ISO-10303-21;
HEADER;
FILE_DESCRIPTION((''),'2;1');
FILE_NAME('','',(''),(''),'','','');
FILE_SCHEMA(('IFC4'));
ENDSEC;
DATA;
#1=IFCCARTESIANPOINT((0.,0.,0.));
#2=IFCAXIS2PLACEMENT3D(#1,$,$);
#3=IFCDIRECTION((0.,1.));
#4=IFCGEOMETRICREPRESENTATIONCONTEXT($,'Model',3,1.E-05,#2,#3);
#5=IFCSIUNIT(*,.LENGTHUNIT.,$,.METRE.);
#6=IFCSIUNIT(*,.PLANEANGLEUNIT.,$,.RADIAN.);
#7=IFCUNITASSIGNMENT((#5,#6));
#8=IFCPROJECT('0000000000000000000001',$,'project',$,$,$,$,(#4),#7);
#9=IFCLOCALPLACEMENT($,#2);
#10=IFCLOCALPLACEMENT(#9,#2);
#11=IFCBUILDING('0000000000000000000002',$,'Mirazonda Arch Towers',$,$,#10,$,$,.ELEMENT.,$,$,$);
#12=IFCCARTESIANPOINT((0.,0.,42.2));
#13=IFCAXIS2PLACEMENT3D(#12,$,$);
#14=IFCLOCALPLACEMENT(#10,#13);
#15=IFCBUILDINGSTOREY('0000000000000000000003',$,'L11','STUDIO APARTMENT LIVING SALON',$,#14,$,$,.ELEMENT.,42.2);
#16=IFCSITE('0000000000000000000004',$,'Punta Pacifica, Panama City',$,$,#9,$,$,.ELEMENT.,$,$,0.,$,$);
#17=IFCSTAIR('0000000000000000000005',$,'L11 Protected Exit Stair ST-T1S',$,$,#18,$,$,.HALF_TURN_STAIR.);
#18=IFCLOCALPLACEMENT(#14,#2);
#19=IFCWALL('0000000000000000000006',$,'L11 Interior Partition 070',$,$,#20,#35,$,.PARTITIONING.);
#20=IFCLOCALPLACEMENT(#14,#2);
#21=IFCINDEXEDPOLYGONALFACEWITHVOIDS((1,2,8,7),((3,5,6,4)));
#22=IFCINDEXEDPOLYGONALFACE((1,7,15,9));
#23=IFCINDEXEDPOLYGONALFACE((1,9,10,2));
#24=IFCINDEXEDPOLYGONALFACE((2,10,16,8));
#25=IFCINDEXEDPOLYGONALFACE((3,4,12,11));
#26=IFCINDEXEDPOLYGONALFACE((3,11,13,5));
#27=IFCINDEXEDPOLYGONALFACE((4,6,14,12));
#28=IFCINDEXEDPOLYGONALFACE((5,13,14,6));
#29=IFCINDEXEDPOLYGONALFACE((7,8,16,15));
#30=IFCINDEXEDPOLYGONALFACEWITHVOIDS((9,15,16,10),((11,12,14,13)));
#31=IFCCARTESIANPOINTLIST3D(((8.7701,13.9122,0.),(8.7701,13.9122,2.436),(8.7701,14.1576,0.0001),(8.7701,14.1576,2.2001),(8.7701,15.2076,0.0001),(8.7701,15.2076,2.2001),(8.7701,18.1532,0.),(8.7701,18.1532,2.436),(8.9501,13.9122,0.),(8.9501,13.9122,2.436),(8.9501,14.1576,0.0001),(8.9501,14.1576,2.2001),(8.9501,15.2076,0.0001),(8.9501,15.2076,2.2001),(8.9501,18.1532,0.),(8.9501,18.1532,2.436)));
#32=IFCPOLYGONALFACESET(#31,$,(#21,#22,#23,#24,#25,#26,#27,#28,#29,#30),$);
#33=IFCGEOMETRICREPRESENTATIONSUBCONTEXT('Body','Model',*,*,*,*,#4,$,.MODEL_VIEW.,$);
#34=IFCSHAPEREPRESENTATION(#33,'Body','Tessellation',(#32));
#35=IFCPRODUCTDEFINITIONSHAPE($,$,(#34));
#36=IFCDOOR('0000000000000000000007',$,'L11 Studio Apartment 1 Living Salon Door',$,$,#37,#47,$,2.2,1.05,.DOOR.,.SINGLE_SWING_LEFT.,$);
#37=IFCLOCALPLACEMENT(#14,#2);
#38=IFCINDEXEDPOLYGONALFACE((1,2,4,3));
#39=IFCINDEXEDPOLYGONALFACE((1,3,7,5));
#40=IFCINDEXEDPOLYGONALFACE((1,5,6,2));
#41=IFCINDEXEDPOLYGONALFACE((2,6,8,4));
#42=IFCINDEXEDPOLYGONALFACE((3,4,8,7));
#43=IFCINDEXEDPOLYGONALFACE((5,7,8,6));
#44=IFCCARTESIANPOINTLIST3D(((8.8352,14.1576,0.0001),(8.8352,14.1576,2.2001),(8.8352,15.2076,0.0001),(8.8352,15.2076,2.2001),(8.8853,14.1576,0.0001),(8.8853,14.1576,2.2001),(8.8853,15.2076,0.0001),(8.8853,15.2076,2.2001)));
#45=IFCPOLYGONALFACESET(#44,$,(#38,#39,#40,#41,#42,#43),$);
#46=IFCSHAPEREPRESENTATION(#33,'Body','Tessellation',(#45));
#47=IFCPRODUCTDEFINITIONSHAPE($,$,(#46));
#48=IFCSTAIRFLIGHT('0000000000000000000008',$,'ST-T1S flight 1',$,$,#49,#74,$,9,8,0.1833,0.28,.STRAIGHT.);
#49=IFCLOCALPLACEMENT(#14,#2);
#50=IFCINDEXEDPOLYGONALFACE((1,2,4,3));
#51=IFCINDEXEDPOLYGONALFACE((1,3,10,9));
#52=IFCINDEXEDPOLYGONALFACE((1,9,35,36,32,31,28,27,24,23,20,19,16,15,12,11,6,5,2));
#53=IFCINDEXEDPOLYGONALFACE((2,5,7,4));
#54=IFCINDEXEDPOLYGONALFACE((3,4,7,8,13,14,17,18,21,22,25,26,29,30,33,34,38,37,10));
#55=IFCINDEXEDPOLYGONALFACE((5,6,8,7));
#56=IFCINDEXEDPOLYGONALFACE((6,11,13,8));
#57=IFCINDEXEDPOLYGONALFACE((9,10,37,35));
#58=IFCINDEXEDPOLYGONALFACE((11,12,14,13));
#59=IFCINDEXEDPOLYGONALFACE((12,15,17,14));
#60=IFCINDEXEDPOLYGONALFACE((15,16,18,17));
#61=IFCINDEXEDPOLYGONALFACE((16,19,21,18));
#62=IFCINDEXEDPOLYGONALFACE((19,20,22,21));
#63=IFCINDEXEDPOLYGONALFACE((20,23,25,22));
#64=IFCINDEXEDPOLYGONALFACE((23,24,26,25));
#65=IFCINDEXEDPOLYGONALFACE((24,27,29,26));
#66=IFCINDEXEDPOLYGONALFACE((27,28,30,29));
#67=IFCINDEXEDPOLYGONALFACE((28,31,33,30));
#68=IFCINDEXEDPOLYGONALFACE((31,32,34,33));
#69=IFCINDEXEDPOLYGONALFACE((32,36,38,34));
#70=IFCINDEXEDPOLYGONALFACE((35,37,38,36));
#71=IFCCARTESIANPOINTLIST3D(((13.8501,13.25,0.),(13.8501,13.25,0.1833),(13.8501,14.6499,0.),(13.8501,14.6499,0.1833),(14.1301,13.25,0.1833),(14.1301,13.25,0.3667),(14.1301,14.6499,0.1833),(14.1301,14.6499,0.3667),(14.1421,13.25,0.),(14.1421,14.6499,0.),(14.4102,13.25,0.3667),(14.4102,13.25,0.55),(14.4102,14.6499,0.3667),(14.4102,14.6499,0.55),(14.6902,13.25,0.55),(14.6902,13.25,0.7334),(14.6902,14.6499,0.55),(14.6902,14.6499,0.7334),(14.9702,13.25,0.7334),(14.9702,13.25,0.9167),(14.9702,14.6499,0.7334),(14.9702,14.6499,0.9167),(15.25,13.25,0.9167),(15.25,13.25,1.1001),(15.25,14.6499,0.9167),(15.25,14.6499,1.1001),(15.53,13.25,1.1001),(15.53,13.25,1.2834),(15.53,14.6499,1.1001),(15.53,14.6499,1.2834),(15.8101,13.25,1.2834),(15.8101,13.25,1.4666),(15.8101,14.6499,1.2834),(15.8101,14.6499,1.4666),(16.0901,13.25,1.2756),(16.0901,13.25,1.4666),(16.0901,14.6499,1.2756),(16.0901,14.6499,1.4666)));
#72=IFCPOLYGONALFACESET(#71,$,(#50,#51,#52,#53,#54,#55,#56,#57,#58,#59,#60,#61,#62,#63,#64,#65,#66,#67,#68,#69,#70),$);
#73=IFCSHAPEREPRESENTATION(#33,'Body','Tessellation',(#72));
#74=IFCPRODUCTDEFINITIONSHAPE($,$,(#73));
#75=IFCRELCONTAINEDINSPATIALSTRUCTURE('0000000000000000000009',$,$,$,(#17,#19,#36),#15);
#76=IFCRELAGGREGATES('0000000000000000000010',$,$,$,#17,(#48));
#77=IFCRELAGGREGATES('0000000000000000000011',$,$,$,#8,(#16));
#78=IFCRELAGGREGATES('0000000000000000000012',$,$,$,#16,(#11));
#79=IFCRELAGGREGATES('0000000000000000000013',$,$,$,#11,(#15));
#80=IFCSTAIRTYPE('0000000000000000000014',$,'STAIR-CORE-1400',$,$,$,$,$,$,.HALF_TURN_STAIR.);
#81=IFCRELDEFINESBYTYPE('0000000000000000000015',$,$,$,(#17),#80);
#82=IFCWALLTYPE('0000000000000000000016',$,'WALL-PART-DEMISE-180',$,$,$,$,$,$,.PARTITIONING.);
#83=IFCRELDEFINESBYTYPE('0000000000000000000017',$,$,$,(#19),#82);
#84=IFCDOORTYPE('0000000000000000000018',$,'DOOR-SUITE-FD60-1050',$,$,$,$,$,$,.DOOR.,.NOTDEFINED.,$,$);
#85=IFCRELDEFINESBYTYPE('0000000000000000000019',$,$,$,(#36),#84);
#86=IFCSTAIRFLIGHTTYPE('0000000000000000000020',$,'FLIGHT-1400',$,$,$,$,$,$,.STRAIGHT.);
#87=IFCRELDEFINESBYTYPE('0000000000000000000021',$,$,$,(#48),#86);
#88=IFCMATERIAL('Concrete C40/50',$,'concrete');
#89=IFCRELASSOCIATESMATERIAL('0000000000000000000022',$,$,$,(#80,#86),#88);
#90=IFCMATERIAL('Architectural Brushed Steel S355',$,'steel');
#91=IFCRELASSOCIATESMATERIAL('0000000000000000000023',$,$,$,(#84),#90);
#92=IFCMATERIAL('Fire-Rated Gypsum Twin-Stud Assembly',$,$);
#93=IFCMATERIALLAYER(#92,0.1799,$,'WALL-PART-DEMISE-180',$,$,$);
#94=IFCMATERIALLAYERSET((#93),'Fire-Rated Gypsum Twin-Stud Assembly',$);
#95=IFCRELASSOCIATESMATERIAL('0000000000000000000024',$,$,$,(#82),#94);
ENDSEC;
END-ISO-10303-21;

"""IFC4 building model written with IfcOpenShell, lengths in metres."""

from ifc_helpers import new_model, si_unit, direction, frame, frame_2d, origin, place, context, subcontext, project, spatial, polyline, rectangle, outline, extrude, material, layer, layer_set, type_object, element, fill, aggregate, save


model = new_model("IFC4")

# Units and contexts
model_context = context("Model", 3, precision=1e-05, world=origin(), true_north=direction((0.0, 1.0)))
body_context = subcontext(model_context, "Body", "Model", "MODEL_VIEW")
ifc_project = project(units=[si_unit("LENGTHUNIT", "METRE"), si_unit("PLANEANGLEUNIT", "RADIAN")], contexts=[model_context])

# Site, building, storey
site_placement = place(None, origin())
site = spatial("IfcSite", under=ifc_project, at=site_placement, Name="Punta Pacifica, Panama City", CompositionType="ELEMENT", RefElevation=0.0)
building_placement = place(site_placement, origin())
building = spatial("IfcBuilding", under=site, at=building_placement, Name="Mirazonda Arch Towers", CompositionType="ELEMENT")
storey_placement = place(building_placement, frame((0.0, 0.0, 42.2)))
storey = spatial("IfcBuildingStorey", under=building, at=storey_placement, Name="L11", Description="STUDIO APARTMENT LIVING SALON", CompositionType="ELEMENT", Elevation=42.2)

# Stair
ifc_material_1 = material(Name="Concrete C40/50", Category="concrete")
stair_type = type_object("IfcStairType", Name="STAIR-CORE-1400", PredefinedType="HALF_TURN_STAIR", material=ifc_material_1)
stair_1_placement = place(storey_placement, origin())
stair_1 = element("IfcStair", 1, at=stair_1_placement, inside=storey, type_object=stair_type, Name="L11 Protected Exit Stair ST-T1S", PredefinedType="HALF_TURN_STAIR")

# Shared definitions
ifc_material_2 = material(Name="Architectural Brushed Steel S355", Category="steel")
door_type_1 = type_object("IfcDoorType", Name="DOOR-SUITE-FD60-1050", OperationType="NOTDEFINED", PredefinedType="DOOR", material=ifc_material_2)

# Shared definitions
ifc_material_3 = material(Name="Fire-Rated Gypsum Twin-Stud Assembly")
ifc_layer_1 = layer(ifc_material_3, 0.1799, Name="WALL-PART-DEMISE-180")
ifc_layer_set_1 = layer_set([ifc_layer_1], Name="Fire-Rated Gypsum Twin-Stud Assembly")
wall_type_1 = type_object("IfcWallType", Name="WALL-PART-DEMISE-180", PredefinedType="PARTITIONING", material=ifc_layer_set_1)

# Wall, opening, door
wall_1_placement = place(storey_placement, frame((8.8601, 13.9121, 0.0), z_axis=(0.0, 0.0, 1.0), x_axis=(0.0, 1.0, 0.0)))
wall_1 = element("IfcWall", 2, at=wall_1_placement, inside=storey, type_object=wall_type_1, Name="L11 Interior Partition 070", PredefinedType="PARTITIONING", context=body_context, shape_type="SweptSolid", body=[
    extrude(rectangle(XDim=4.241, YDim=0.1799, at=frame_2d((2.1206, 0.0))), origin(), (0.0, 0.0, 1.0), 2.436),
])
opening_1_placement = place(wall_1_placement, frame((0.2456, 0.0, 0.0)))
opening_1 = element("IfcOpeningElement", 3, at=opening_1_placement, cuts=wall_1, PredefinedType="OPENING", context=body_context, shape_type="SweptSolid", body=[
    extrude(rectangle(XDim=1.05, YDim=2.2, at=frame_2d((0.5249, 1.1001))), frame((0.0, 0.0999, 0.0), z_axis=(0.0, -1.0, 0.0), x_axis=(1.0, 0.0, 0.0)), (0.0, 0.0, 1.0), 0.2),
])
door_1_placement = place(opening_1_placement, origin())
door_1 = element("IfcDoor", 4, at=door_1_placement, inside=storey, type_object=door_type_1, Name="L11 Studio Apartment 1 Living Salon Door", OperationType="SINGLE_SWING_LEFT", OverallHeight=2.2, OverallWidth=1.05, PredefinedType="DOOR", context=body_context, shape_type="SweptSolid", body=[
    extrude(rectangle(XDim=1.05, YDim=2.2, at=frame_2d((0.5249, 1.1001))), frame((0.0, 0.0249, 0.0), z_axis=(0.0, -1.0, 0.0), x_axis=(1.0, 0.0, 0.0)), (0.0, 0.0, 1.0), 0.05),
])
fill(opening_1, door_1)

# Stair flight
stair_flight_type = type_object("IfcStairFlightType", Name="FLIGHT-1400", PredefinedType="STRAIGHT", material=ifc_material_1)
stair_flight_placement = place(storey_placement, frame((13.8501, 13.95, 0.0), z_axis=(0.0, 0.0, 1.0), x_axis=(1.0, 0.0, 0.0)))
stair_flight = element("IfcStairFlight", 5, at=stair_flight_placement, type_object=stair_flight_type, Name="ST-T1S flight 1", NumberOfRisers=9, NumberOfTreads=8, PredefinedType="STRAIGHT", RiserHeight=0.1833, TreadLength=0.28, context=body_context, shape_type="SweptSolid", body=[
    extrude(outline(polyline([(0.0, 0.0), (0.0, 0.1833), (0.28, 0.1833), (0.28, 0.3667), (0.5601, 0.3667), (0.5601, 0.55), (0.8401, 0.55), (0.8401, 0.7334), (1.1201, 0.7334), (1.1201, 0.9167), (1.3999, 0.9167), (1.3999, 1.1001), (1.6799, 1.1001), (1.6799, 1.2834), (1.96, 1.2834), (1.96, 1.4666), (2.24, 1.4666), (2.24, 1.6499), (2.24, 1.2756), (0.292, 0.0), (0.0, 0.0)])), frame((0.0, 0.7, 0.0), z_axis=(0.0, -1.0, 0.0), x_axis=(1.0, 0.0, 0.0)), (0.0, 0.0, 1.0), 1.3999),
])
aggregate(stair_1, [stair_flight])

save(model, "model.ifc")
